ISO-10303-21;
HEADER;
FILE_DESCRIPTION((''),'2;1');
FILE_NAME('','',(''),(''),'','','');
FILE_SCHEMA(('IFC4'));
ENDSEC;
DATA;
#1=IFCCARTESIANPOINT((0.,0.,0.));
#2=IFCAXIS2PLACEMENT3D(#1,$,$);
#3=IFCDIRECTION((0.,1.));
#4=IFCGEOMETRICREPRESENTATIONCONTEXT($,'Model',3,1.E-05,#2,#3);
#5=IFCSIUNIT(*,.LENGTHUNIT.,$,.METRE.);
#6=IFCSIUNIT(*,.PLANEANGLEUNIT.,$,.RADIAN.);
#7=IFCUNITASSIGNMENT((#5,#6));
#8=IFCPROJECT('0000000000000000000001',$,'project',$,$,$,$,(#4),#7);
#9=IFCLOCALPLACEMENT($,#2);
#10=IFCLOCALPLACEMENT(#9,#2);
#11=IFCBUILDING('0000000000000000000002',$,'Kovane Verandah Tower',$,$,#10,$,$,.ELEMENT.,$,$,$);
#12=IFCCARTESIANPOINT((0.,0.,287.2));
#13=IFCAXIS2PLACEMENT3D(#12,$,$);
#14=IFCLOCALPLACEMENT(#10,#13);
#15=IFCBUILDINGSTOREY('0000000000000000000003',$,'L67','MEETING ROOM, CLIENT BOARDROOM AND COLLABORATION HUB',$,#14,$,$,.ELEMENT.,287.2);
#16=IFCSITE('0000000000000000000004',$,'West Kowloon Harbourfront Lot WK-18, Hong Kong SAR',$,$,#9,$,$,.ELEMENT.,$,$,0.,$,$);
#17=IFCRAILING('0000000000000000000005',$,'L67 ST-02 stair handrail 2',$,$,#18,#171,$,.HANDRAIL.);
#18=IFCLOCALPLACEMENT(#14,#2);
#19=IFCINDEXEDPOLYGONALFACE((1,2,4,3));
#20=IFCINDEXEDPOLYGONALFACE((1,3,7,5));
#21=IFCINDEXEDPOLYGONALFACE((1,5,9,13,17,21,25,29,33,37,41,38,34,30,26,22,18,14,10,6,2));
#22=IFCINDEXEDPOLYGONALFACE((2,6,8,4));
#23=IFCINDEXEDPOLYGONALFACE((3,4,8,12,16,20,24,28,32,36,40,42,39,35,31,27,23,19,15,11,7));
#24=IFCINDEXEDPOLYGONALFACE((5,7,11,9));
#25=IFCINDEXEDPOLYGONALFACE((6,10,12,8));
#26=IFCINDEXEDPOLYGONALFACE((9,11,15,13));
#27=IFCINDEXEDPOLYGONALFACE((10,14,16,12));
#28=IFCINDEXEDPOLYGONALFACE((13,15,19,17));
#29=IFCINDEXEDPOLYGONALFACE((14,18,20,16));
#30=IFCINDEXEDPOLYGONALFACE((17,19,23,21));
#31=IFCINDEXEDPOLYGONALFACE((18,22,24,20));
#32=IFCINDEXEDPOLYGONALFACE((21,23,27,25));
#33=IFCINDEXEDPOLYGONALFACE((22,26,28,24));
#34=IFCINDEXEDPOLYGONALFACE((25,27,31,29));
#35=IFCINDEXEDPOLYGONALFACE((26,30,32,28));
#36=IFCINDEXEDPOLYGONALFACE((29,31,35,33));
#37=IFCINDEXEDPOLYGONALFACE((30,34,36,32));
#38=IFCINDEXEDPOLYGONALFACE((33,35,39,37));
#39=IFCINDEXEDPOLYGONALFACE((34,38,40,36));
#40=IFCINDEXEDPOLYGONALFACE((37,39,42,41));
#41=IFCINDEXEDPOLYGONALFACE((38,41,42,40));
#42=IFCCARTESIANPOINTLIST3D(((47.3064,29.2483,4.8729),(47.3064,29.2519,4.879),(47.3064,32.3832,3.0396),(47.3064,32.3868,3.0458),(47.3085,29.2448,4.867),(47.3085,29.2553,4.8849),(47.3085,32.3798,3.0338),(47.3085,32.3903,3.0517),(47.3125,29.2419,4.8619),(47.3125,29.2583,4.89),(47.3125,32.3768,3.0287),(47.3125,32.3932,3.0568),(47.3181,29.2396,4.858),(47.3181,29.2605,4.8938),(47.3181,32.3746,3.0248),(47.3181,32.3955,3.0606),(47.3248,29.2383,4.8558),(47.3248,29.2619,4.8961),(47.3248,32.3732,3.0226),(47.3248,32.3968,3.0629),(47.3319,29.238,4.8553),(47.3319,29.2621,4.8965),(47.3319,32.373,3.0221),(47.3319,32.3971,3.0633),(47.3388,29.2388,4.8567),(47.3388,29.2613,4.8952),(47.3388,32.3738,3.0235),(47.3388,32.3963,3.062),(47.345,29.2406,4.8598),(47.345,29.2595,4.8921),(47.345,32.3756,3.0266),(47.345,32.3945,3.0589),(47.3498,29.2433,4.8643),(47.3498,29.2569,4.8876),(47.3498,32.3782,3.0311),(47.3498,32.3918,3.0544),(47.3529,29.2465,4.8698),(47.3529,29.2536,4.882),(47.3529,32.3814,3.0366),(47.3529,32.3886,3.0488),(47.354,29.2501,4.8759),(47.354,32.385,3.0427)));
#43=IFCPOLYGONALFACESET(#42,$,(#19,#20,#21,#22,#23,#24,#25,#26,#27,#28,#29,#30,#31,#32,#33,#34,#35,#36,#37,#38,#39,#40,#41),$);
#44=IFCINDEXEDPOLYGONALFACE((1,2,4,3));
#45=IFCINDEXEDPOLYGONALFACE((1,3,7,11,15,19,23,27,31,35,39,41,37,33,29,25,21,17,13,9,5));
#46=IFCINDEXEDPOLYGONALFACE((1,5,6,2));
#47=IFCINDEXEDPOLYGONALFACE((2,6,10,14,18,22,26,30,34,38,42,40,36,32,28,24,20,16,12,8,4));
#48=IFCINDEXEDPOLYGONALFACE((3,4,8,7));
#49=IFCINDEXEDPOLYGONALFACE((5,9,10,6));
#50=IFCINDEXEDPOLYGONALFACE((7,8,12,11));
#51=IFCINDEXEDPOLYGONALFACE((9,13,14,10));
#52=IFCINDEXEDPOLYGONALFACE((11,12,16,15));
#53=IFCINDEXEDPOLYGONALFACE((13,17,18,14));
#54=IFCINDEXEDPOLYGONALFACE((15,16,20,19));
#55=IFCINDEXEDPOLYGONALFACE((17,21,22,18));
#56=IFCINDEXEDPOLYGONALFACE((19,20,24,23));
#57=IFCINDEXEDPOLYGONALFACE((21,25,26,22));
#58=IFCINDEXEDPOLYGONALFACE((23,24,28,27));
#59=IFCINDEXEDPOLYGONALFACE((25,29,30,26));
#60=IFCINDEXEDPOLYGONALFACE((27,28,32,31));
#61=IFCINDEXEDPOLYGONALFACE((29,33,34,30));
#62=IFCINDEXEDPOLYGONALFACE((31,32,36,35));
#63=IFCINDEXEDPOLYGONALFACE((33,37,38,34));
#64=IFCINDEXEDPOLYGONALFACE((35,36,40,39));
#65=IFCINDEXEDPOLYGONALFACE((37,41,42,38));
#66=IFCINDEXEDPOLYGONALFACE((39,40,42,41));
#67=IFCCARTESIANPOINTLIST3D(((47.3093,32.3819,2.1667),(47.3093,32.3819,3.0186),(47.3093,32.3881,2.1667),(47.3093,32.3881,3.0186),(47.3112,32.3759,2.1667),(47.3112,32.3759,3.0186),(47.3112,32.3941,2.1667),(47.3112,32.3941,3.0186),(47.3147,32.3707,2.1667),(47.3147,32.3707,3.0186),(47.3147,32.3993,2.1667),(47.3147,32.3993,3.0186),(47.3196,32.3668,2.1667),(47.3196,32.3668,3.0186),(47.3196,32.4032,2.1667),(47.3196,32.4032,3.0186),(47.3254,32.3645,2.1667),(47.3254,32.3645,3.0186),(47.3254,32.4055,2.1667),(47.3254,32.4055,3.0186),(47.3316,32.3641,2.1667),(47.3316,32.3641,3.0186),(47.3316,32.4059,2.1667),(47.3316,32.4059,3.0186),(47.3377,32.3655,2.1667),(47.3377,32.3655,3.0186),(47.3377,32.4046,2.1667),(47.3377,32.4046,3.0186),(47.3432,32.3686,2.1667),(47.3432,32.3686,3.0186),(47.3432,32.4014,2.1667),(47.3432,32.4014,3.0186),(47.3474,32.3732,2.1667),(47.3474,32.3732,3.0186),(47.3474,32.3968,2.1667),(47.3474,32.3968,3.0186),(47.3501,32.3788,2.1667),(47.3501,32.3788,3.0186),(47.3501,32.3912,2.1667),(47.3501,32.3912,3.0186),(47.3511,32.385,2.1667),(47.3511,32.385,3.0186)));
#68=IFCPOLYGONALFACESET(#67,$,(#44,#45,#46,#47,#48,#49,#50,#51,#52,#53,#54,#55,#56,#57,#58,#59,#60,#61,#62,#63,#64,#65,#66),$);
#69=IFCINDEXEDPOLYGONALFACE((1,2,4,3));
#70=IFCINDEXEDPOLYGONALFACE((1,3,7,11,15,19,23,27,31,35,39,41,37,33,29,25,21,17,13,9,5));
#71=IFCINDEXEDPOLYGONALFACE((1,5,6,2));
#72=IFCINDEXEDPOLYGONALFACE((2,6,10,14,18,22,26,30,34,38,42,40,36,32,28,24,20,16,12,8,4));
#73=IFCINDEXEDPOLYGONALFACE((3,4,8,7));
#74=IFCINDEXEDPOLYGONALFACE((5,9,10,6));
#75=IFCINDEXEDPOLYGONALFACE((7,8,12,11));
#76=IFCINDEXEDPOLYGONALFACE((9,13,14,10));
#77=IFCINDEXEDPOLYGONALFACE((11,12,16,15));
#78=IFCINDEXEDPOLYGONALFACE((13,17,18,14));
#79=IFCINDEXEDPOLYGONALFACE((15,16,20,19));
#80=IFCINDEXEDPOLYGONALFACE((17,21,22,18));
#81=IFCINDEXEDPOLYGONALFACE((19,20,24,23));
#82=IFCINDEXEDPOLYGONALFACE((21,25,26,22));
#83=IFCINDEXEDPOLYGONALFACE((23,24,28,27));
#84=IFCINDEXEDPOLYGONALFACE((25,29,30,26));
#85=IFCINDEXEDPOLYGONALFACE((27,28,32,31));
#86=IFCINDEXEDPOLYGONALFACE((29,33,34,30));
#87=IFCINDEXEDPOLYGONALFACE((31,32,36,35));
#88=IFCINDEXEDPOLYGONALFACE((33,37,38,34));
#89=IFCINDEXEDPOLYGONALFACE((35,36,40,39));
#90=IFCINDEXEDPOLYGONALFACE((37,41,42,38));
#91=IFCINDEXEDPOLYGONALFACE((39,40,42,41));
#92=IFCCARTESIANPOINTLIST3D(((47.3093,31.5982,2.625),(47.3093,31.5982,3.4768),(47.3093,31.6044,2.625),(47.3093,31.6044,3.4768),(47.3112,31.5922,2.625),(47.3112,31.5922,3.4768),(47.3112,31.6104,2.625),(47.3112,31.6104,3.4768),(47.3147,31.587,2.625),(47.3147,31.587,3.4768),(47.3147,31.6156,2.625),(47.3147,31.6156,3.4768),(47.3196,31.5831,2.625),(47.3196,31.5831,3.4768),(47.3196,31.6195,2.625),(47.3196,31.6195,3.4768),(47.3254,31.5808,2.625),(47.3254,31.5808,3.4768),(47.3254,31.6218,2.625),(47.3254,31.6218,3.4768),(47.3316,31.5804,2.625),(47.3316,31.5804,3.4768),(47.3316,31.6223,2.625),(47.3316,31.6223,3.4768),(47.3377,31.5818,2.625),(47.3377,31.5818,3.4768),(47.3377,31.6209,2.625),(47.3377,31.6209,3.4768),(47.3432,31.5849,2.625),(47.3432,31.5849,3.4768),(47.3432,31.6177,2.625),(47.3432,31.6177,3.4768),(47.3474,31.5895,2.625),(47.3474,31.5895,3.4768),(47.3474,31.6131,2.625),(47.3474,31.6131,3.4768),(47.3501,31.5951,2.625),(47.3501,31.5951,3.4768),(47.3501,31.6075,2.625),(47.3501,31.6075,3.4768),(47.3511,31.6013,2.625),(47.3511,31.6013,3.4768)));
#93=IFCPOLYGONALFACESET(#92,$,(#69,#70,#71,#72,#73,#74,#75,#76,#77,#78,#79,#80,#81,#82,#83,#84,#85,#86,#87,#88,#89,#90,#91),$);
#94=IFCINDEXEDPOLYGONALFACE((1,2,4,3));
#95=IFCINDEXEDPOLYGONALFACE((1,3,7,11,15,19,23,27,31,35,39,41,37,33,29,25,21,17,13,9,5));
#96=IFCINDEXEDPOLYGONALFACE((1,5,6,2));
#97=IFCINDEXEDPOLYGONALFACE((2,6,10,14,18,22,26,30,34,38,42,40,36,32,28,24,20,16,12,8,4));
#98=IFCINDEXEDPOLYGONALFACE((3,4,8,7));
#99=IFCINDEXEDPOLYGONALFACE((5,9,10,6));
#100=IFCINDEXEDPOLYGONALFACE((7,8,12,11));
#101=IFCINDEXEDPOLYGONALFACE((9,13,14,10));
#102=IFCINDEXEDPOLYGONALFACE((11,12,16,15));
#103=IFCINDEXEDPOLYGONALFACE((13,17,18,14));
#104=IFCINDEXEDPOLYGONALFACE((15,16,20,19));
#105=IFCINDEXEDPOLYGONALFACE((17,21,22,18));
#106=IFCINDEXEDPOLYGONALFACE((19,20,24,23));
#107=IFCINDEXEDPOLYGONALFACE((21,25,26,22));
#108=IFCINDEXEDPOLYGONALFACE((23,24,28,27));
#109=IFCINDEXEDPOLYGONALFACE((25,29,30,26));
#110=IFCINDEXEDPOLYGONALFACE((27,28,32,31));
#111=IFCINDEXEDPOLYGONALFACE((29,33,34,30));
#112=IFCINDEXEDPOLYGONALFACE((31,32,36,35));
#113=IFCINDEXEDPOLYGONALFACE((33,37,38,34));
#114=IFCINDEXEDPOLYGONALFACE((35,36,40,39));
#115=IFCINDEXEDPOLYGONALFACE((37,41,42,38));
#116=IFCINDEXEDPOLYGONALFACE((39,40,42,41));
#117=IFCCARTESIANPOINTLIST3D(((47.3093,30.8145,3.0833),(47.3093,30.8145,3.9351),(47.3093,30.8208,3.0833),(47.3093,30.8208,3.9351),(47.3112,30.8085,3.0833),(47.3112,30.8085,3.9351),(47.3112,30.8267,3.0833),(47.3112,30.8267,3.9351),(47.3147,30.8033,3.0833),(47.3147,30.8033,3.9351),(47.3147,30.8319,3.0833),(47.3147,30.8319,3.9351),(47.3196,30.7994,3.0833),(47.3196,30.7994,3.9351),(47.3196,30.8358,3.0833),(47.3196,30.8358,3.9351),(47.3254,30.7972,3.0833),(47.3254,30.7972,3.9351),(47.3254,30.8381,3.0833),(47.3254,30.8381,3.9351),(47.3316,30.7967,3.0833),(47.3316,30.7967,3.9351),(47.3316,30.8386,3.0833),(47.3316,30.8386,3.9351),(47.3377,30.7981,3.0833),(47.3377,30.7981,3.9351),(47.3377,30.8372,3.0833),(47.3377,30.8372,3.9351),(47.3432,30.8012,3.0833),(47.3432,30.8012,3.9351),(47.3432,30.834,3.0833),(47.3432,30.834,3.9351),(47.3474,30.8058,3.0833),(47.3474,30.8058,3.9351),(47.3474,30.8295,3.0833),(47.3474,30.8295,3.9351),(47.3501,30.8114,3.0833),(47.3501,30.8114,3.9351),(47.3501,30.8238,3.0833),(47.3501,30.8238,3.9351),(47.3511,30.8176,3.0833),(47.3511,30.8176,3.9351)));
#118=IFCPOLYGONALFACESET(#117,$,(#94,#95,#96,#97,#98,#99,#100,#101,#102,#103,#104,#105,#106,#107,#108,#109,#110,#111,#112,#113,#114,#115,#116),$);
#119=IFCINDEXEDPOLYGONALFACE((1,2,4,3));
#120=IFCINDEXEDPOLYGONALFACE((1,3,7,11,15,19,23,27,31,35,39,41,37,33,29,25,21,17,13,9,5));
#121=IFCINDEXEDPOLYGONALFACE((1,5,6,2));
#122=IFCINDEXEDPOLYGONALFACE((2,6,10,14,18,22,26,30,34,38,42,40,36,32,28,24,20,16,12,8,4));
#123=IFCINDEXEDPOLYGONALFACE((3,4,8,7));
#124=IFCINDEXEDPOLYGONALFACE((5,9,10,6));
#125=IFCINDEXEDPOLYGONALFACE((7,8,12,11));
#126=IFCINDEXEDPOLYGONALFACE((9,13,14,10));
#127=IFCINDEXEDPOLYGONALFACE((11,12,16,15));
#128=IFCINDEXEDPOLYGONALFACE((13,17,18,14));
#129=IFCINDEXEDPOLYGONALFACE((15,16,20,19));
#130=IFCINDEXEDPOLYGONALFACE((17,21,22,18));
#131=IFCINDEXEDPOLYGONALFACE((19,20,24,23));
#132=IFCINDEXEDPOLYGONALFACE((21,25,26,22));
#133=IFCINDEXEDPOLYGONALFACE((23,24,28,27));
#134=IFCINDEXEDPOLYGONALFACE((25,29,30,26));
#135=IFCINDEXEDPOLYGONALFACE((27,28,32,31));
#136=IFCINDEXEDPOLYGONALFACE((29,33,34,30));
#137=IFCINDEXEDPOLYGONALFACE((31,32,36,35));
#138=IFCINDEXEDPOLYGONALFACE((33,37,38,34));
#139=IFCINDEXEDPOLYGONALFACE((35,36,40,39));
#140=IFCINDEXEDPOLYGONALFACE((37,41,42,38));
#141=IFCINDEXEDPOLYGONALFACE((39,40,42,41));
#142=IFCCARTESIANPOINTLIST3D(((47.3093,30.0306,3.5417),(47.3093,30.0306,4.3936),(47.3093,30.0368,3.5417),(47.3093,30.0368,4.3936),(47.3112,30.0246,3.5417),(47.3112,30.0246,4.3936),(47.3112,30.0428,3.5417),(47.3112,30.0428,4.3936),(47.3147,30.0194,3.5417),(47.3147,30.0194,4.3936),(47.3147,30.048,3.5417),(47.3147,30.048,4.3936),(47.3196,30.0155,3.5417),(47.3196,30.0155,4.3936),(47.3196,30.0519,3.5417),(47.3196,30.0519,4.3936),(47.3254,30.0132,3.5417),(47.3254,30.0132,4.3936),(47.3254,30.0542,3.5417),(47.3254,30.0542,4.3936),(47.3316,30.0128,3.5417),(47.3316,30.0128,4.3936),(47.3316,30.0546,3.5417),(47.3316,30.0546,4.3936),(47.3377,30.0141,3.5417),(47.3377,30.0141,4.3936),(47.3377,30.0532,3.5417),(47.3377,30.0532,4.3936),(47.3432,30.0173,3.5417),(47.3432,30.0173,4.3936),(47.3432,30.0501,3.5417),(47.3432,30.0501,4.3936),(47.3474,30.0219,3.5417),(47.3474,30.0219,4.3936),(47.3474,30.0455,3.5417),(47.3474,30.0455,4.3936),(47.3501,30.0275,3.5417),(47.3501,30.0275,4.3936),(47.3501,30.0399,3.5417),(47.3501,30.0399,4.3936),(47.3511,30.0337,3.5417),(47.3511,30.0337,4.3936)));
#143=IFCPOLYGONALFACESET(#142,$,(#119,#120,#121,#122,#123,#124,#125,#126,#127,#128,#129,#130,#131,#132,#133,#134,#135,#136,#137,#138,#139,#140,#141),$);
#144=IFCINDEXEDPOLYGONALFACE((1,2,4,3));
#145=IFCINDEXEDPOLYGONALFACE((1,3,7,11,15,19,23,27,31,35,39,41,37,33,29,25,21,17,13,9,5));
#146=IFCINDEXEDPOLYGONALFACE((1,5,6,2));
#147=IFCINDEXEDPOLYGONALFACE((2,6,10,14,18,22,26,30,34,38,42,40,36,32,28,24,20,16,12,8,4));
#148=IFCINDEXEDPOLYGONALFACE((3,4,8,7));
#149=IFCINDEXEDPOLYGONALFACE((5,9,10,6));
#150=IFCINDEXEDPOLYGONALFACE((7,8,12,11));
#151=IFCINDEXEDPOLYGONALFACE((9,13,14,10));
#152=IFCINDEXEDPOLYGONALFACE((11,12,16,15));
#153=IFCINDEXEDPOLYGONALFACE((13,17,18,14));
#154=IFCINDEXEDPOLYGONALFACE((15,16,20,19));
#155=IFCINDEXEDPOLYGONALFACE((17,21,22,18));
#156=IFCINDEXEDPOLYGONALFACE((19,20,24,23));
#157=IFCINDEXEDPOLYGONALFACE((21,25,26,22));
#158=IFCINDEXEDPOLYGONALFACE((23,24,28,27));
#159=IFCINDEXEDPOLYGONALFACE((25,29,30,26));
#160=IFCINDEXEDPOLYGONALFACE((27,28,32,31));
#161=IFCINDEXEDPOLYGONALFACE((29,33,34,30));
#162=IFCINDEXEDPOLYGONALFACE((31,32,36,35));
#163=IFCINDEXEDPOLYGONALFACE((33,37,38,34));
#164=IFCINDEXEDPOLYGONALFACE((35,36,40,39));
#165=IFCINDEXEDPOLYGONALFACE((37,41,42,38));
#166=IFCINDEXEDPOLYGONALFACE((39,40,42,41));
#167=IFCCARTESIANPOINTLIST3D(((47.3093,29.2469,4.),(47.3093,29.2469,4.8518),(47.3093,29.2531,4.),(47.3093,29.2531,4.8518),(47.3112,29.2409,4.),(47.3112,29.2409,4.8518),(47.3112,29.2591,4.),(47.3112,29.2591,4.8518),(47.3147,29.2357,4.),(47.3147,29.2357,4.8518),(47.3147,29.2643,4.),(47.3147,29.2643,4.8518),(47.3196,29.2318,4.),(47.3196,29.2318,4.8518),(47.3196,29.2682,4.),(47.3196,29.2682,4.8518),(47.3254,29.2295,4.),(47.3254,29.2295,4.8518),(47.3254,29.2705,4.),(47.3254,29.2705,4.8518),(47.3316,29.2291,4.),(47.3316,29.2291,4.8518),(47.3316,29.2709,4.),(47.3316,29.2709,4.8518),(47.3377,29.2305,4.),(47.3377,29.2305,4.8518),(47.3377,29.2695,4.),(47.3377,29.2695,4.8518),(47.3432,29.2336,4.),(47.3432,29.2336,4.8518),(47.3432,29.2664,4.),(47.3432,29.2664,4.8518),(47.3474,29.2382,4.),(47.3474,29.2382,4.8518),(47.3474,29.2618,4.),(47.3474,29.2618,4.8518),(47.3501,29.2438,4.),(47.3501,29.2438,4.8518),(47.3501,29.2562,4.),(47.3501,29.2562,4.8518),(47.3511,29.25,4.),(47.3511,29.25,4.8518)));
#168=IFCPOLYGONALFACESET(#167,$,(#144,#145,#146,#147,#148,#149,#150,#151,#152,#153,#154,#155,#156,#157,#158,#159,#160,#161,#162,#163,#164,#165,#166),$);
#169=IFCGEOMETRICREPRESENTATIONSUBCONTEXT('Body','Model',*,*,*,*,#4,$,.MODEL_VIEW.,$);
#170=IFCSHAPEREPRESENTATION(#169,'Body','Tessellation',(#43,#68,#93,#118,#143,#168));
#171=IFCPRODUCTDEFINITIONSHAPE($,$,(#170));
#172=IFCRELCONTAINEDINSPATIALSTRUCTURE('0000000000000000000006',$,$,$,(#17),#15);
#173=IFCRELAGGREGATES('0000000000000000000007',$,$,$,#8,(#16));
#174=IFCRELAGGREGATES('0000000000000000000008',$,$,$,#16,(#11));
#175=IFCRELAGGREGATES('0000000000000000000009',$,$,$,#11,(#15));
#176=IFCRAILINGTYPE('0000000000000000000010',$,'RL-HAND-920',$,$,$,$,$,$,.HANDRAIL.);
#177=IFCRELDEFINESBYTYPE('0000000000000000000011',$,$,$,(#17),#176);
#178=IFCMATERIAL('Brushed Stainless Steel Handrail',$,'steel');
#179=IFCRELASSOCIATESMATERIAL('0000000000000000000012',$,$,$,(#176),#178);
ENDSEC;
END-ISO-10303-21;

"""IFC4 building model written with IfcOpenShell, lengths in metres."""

from ifc_helpers import new_model, si_unit, direction, frame, origin, origin_2d, place, context, subcontext, project, spatial, circle, extrude, material, type_object, element, save


model = new_model("IFC4")

# Units and contexts
model_context = context("Model", 3, precision=1e-05, world=origin(), true_north=direction((0.0, 1.0)))
body_context = subcontext(model_context, "Body", "Model", "MODEL_VIEW")
ifc_project = project(units=[si_unit("LENGTHUNIT", "METRE"), si_unit("PLANEANGLEUNIT", "RADIAN")], contexts=[model_context])

# Site, building, storey
site_placement = place(None, origin())
site = spatial("IfcSite", under=ifc_project, at=site_placement, Name="West Kowloon Harbourfront Lot WK-18, Hong Kong SAR", CompositionType="ELEMENT", RefElevation=0.0)
building_placement = place(site_placement, origin())
building = spatial("IfcBuilding", under=site, at=building_placement, Name="Kovane Verandah Tower", CompositionType="ELEMENT")
storey_placement = place(building_placement, frame((0.0, 0.0, 287.2)))
storey = spatial("IfcBuildingStorey", under=building, at=storey_placement, Name="L67", Description="MEETING ROOM, CLIENT BOARDROOM AND COLLABORATION HUB", CompositionType="ELEMENT", Elevation=287.2)

# Railing
ifc_material_1 = material(Name="Brushed Stainless Steel Handrail", Category="steel")
railing_type_1 = type_object("IfcRailingType", Name="RL-HAND-920", PredefinedType="HANDRAIL", material=ifc_material_1)
railing_1_placement = place(storey_placement, frame((47.3301, 32.385, 2.1667)))
element("IfcRailing", 1, at=railing_1_placement, inside=storey, type_object=railing_type_1, Name="L67 ST-02 stair handrail 2", PredefinedType="HANDRAIL", context=body_context, shape_type="SweptSolid", body=[
    extrude(circle(Radius=0.0239, at=origin_2d()), frame((0.0, 0.0, 0.876), z_axis=(0.0, -0.86324, 0.504794), x_axis=(1.0, 0.0, 0.0)), (0.0, 0.0, 1.0), 3.6316),
    extrude(circle(Radius=0.021, at=origin_2d()), origin(), (0.0, 0.0, 1.0), 0.8518),
    extrude(circle(Radius=0.021, at=origin_2d()), frame((0.0, -0.7837, 0.4583)), (0.0, 0.0, 1.0), 0.8518),
    extrude(circle(Radius=0.021, at=origin_2d()), frame((0.0, -1.5674, 0.9165)), (0.0, 0.0, 1.0), 0.8518),
    extrude(circle(Radius=0.021, at=origin_2d()), frame((0.0, -2.3513, 1.375)), (0.0, 0.0, 1.0), 0.8518),
    extrude(circle(Radius=0.021, at=origin_2d()), frame((0.0, -3.135, 1.8333)), (0.0, 0.0, 1.0), 0.8518),
])

save(model, "model.ifc")
